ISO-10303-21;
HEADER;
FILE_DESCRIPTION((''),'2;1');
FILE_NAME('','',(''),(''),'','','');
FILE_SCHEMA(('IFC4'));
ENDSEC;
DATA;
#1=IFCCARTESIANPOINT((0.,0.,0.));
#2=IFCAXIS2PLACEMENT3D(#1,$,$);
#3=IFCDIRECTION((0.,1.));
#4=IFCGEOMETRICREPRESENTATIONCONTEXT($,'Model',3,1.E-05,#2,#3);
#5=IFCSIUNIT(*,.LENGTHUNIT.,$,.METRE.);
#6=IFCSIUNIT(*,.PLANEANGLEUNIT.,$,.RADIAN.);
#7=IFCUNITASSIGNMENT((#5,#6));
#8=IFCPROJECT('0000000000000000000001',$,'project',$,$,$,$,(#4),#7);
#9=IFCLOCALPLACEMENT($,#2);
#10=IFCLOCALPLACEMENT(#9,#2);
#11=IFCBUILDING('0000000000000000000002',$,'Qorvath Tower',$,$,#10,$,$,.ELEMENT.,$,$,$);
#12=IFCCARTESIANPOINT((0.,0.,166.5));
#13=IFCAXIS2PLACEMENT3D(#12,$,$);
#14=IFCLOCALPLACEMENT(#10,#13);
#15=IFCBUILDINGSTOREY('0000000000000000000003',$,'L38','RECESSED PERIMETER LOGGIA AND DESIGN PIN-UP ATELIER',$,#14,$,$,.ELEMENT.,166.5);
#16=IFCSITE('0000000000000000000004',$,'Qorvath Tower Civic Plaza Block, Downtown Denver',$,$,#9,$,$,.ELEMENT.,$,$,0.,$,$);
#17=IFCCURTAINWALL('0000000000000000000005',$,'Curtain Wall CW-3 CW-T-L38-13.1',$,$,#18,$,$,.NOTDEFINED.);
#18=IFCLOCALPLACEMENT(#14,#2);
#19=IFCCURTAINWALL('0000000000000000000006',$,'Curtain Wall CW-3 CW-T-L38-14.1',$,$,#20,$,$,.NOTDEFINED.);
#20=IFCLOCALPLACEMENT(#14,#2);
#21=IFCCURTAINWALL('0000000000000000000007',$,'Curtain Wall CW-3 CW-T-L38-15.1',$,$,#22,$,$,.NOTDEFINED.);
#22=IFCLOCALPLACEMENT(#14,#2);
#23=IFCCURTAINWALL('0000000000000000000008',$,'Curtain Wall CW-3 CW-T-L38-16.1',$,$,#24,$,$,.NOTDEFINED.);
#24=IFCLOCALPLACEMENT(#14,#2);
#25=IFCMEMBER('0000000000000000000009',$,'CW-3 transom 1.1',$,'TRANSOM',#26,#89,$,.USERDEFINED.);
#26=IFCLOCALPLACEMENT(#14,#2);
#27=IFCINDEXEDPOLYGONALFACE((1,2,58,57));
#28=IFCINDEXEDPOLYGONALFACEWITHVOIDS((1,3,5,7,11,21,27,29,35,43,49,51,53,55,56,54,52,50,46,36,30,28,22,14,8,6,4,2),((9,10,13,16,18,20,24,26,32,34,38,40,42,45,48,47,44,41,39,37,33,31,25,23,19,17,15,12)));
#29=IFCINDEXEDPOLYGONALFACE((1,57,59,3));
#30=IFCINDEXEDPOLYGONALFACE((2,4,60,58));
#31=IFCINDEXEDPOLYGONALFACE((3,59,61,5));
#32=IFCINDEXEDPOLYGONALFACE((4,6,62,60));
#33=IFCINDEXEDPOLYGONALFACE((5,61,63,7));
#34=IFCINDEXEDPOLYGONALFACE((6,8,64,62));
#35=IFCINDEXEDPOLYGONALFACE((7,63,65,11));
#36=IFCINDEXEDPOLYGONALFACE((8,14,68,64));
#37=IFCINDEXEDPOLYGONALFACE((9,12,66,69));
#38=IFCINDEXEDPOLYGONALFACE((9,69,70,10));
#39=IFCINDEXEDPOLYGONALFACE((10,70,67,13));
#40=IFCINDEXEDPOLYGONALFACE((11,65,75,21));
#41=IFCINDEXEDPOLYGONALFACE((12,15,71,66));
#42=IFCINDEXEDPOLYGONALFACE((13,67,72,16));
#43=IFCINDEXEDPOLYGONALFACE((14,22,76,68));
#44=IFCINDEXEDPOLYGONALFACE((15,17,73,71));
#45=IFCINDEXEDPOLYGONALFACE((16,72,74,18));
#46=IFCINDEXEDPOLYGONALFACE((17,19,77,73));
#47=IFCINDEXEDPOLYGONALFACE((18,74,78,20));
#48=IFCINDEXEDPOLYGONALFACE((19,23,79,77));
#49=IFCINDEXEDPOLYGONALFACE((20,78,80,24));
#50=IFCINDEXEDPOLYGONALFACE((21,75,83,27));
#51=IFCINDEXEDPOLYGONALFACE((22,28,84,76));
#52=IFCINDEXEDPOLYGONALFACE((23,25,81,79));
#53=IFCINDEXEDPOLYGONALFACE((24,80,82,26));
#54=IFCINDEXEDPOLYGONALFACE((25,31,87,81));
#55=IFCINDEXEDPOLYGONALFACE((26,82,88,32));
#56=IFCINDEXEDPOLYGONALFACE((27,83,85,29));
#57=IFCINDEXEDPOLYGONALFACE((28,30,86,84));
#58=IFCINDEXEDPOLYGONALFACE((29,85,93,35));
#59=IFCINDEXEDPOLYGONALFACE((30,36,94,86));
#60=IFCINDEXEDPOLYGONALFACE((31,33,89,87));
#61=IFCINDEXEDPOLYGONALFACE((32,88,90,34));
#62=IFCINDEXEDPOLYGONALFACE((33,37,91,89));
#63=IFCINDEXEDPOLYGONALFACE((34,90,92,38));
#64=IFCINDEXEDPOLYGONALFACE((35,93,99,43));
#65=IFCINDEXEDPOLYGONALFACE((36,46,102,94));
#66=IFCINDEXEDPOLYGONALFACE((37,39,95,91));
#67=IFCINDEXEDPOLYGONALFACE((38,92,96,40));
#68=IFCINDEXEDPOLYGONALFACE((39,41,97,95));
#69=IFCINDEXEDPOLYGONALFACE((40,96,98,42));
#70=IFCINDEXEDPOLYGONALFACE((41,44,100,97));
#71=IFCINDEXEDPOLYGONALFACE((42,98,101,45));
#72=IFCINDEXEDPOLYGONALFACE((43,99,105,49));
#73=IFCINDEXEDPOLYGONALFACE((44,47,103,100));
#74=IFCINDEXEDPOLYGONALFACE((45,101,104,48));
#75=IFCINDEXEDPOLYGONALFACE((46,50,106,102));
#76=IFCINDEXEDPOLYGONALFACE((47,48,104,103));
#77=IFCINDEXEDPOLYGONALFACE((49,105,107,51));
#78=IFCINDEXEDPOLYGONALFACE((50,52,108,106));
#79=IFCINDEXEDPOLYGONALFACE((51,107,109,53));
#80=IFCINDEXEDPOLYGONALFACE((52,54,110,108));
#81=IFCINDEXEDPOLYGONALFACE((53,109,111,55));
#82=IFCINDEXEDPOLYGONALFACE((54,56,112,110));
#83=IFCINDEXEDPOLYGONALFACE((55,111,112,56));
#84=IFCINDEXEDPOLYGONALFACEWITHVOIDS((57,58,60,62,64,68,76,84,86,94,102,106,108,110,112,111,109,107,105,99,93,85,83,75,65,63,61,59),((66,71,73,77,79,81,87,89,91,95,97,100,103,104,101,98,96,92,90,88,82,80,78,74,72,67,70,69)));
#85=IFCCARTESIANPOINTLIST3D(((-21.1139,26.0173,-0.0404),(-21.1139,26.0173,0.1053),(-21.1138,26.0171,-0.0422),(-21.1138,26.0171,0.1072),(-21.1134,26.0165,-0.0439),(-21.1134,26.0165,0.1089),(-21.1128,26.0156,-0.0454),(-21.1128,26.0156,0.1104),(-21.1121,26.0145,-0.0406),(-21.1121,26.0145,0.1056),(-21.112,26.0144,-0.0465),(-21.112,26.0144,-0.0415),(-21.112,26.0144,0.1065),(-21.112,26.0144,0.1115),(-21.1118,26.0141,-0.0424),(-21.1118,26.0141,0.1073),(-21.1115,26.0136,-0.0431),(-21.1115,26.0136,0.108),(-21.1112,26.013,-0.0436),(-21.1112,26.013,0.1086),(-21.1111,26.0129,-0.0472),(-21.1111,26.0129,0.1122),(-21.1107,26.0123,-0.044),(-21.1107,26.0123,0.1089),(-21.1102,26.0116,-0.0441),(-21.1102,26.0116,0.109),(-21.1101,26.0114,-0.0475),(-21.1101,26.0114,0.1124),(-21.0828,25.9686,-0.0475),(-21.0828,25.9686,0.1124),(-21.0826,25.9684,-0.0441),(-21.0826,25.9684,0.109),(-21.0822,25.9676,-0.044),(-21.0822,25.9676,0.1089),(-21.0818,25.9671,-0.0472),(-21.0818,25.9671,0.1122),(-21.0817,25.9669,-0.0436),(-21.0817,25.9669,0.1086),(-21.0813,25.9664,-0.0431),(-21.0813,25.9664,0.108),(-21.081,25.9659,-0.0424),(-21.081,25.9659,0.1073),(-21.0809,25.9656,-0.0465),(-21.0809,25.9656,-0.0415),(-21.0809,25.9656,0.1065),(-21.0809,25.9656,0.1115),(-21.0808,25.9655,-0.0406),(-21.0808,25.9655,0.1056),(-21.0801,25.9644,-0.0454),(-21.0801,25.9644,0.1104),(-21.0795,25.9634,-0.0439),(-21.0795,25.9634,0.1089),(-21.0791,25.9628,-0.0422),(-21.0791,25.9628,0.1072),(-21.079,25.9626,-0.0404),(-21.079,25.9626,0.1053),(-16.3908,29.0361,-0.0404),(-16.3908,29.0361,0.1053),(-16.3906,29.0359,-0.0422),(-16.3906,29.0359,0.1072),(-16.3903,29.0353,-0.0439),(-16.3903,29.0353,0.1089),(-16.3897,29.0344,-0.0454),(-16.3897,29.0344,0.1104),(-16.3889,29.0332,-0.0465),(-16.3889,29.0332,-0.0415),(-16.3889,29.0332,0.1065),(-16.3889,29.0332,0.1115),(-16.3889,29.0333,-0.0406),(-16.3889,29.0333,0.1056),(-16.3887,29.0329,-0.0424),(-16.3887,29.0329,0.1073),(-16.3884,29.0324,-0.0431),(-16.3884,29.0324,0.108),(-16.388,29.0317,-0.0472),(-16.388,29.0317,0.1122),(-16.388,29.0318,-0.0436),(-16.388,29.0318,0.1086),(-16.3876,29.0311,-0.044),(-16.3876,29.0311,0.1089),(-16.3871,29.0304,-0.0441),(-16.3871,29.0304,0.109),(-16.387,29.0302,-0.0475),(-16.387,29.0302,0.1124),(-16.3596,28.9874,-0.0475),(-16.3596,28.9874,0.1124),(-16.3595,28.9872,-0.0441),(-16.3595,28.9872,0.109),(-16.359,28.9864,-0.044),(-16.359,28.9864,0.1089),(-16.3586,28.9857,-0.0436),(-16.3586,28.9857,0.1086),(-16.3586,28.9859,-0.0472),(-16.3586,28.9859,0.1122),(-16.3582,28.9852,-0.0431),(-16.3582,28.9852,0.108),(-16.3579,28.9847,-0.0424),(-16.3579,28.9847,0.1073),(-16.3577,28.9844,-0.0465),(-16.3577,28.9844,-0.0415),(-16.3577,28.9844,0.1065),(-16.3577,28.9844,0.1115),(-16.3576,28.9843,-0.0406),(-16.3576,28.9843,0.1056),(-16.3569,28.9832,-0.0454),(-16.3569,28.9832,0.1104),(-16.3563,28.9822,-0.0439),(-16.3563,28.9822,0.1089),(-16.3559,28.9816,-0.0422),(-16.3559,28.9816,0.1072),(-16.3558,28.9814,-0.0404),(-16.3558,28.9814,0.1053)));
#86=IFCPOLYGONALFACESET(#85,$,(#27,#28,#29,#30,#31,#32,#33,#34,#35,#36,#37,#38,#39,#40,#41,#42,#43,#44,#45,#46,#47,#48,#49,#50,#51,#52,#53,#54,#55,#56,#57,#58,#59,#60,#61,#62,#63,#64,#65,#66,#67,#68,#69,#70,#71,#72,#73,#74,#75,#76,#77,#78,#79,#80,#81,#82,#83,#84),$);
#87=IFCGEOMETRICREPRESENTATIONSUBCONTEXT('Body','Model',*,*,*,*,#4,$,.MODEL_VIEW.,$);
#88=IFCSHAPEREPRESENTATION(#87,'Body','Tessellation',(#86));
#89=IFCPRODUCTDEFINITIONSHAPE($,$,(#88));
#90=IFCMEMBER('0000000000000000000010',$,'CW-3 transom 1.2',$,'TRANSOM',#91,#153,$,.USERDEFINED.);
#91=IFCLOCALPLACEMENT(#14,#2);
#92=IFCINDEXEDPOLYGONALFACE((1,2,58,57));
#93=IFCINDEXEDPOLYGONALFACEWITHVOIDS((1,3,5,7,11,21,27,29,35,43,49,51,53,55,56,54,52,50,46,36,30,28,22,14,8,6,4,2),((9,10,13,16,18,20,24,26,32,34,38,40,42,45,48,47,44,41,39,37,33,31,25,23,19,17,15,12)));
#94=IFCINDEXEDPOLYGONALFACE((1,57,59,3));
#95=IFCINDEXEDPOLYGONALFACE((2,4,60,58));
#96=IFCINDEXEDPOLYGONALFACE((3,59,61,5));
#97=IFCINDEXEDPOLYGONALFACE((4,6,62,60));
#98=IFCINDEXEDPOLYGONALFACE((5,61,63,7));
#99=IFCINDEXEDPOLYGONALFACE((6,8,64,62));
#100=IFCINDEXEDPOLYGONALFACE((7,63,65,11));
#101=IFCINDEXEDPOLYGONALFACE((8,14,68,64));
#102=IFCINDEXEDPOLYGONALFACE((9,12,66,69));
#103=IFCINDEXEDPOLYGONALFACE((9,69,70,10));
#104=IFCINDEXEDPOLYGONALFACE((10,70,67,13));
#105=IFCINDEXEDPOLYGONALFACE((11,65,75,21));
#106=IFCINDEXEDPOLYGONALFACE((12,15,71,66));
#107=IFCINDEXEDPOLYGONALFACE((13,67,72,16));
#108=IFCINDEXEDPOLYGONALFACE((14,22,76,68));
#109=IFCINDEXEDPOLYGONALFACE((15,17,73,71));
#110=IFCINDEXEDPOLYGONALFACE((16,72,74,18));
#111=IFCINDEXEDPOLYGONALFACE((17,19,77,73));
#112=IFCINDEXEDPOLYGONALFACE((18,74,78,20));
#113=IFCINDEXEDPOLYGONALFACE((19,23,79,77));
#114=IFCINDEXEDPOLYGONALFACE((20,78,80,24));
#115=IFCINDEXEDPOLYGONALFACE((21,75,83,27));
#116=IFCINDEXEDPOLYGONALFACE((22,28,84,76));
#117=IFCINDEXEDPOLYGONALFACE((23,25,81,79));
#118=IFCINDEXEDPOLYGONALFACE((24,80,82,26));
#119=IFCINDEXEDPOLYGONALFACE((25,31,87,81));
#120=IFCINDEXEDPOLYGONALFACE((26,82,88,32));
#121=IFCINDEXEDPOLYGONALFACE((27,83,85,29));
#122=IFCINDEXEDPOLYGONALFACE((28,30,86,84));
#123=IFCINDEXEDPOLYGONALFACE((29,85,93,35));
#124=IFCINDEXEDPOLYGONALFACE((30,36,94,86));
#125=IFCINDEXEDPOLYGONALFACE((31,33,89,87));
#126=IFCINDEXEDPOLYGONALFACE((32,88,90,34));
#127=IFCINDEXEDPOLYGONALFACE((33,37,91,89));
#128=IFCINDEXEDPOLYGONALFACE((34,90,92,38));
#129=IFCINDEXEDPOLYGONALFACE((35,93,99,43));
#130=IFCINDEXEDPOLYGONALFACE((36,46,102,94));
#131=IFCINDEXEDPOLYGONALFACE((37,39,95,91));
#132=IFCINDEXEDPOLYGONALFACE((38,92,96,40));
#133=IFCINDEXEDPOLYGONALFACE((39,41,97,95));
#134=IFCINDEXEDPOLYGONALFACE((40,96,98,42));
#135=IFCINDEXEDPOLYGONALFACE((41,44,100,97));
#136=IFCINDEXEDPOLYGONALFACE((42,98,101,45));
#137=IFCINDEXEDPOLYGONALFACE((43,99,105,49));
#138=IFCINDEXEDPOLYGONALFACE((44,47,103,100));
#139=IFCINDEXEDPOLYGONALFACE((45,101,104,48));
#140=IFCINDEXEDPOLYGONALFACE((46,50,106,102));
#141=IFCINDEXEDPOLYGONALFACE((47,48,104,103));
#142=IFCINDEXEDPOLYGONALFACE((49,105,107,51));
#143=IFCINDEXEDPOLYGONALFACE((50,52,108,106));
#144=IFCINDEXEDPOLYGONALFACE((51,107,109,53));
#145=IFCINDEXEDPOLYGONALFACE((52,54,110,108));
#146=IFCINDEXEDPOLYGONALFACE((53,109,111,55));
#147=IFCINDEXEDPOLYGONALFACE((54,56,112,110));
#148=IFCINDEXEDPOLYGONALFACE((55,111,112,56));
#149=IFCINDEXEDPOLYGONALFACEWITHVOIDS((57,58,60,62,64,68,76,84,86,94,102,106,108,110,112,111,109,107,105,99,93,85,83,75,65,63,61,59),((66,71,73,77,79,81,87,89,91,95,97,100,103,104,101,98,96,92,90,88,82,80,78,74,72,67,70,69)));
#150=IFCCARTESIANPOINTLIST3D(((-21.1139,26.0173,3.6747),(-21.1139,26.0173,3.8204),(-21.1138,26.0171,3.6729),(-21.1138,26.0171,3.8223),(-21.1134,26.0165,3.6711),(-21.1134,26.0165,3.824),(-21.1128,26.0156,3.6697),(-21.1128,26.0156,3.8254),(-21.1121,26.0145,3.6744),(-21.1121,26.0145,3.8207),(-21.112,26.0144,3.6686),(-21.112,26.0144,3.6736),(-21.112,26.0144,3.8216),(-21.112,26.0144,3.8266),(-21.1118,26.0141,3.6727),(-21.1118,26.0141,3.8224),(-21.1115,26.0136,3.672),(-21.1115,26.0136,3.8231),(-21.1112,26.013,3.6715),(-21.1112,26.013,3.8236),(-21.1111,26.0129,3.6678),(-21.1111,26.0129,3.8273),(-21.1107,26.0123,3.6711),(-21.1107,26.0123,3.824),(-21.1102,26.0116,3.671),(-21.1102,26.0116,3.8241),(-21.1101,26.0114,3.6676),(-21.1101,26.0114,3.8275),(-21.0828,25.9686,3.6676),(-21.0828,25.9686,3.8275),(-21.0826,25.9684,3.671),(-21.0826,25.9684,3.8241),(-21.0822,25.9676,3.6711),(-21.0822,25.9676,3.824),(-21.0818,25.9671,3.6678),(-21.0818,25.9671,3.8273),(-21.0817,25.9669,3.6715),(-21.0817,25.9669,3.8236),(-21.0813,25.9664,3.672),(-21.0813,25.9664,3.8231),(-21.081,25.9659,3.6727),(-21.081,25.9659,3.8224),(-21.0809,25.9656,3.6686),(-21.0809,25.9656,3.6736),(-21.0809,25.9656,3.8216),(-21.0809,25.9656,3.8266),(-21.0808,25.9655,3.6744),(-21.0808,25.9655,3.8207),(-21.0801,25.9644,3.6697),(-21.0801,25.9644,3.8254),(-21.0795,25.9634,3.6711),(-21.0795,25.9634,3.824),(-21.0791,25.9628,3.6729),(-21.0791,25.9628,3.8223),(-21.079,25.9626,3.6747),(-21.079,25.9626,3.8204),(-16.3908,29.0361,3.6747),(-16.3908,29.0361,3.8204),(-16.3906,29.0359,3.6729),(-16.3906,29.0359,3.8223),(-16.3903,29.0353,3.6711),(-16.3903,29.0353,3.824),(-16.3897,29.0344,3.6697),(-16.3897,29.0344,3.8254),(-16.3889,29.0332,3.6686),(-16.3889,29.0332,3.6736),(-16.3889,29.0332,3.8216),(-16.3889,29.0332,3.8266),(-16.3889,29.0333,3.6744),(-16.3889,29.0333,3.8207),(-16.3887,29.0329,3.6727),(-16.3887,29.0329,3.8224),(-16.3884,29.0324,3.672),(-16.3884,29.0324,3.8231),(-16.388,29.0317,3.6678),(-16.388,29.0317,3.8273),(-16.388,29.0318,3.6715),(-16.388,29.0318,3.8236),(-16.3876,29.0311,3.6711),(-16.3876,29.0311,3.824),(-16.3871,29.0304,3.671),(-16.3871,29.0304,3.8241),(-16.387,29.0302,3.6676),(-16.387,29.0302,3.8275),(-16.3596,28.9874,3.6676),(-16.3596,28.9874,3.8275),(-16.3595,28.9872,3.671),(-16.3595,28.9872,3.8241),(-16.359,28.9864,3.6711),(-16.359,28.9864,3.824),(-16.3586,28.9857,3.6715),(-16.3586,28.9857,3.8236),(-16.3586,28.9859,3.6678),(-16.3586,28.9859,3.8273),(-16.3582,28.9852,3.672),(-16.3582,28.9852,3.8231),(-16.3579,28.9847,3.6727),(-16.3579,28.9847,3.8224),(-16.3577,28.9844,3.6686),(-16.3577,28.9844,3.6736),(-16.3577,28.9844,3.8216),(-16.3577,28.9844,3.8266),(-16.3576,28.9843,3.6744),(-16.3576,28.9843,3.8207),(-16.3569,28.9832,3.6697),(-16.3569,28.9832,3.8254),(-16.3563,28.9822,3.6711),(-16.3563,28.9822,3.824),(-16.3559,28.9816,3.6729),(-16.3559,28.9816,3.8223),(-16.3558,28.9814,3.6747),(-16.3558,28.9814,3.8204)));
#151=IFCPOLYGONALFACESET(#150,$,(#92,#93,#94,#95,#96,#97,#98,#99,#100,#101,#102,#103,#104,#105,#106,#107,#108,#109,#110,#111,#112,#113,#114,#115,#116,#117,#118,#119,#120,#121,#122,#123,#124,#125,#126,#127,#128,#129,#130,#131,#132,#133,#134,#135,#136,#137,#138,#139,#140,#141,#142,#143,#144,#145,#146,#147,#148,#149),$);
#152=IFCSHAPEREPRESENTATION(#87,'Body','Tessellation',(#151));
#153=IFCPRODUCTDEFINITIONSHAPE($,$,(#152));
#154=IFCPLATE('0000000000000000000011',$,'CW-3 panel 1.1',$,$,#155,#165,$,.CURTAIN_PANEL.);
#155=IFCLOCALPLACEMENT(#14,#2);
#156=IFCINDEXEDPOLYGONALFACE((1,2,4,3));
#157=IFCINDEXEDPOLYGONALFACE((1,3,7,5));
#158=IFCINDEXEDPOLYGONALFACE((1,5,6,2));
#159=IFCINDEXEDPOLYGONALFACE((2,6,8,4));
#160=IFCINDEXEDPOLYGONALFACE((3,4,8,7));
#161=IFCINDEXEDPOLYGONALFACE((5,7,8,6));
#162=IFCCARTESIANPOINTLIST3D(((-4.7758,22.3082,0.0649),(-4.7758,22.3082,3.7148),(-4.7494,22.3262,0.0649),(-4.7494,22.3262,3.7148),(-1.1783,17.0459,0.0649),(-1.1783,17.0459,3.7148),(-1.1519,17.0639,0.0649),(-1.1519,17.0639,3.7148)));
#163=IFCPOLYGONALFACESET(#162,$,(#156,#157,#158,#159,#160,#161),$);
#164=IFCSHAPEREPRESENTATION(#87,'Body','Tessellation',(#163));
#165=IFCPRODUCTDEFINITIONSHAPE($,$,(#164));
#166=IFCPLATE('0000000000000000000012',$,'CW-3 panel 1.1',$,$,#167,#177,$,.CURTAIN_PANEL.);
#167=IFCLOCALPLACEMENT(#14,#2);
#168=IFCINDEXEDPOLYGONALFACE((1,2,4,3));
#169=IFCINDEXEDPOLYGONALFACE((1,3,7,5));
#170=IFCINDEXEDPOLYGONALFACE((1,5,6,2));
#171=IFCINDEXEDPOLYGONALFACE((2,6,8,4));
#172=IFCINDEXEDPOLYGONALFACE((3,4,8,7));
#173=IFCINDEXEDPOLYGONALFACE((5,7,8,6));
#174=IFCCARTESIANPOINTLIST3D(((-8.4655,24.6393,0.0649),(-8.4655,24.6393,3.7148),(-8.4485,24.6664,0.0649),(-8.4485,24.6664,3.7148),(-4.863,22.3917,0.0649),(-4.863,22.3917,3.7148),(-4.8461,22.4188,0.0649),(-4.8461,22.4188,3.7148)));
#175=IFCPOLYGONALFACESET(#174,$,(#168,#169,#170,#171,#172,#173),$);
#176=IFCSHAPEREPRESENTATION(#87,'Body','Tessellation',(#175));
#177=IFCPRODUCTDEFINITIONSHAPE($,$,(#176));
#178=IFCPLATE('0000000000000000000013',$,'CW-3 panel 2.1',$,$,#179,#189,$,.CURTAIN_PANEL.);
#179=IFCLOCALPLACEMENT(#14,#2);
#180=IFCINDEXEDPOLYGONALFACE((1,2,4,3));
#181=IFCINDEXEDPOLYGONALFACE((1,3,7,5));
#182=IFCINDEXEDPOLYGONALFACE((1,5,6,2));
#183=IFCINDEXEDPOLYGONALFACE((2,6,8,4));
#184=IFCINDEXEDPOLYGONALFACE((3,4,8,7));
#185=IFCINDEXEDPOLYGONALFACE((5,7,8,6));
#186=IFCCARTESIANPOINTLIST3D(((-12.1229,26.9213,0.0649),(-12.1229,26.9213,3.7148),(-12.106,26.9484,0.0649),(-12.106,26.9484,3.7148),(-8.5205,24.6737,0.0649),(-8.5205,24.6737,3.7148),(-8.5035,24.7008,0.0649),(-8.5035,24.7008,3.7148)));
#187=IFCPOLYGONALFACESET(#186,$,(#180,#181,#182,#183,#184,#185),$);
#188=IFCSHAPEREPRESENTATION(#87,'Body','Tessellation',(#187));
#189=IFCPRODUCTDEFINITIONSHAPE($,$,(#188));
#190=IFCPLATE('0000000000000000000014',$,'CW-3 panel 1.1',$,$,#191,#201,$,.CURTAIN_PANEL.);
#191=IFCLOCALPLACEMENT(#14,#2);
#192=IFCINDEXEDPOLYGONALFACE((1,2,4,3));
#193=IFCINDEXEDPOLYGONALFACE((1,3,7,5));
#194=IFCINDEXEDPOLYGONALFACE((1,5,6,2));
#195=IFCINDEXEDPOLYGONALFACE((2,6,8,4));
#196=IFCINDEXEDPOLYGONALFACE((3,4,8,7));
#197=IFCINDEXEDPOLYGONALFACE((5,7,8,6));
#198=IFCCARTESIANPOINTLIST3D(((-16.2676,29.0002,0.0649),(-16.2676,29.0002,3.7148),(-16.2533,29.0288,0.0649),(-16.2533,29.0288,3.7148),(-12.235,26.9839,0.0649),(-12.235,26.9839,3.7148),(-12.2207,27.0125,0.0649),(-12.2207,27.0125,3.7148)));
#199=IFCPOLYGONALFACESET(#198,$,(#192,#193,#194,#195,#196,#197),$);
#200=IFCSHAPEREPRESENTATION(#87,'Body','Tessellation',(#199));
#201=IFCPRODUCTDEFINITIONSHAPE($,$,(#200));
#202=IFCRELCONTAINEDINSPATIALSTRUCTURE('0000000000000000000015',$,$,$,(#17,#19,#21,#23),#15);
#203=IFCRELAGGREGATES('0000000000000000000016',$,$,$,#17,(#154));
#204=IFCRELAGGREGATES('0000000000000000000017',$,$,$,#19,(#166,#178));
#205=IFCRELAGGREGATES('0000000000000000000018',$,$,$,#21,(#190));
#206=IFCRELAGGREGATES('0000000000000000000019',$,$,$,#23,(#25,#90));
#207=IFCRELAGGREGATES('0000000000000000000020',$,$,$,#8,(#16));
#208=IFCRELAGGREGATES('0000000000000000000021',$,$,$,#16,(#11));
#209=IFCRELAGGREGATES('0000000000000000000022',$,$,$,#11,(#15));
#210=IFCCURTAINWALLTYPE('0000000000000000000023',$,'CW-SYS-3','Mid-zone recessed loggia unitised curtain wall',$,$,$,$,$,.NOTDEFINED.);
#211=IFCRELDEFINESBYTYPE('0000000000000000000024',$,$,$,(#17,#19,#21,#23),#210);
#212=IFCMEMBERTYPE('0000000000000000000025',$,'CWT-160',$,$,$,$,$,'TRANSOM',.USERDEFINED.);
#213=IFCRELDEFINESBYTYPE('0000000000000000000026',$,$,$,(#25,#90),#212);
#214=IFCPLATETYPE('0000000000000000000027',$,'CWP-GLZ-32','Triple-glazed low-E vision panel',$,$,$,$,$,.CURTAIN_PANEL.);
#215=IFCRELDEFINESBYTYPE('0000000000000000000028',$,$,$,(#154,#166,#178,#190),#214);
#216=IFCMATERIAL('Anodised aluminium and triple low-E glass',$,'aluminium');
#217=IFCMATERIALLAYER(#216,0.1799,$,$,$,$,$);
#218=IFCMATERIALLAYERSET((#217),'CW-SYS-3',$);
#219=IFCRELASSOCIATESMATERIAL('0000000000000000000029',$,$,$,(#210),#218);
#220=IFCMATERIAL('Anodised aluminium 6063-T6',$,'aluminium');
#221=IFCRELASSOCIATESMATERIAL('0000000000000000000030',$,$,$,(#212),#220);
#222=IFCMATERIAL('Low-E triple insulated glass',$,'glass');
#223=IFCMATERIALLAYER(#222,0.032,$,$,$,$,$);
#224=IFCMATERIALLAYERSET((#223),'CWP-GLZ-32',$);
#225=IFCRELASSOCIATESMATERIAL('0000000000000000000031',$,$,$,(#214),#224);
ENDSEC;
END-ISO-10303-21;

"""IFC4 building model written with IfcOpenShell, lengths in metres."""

from ifc_helpers import new_model, si_unit, direction, frame, origin, origin_2d, place, context, subcontext, project, spatial, rectangle, hollow_rectangle, extrude, material, layer, layer_set, material_profile, profile_set, type_object, element, aggregate, save


model = new_model("IFC4")

# Units and contexts
model_context = context("Model", 3, precision=1e-05, world=origin(), true_north=direction((0.0, 1.0)))
body_context = subcontext(model_context, "Body", "Model", "MODEL_VIEW")
ifc_project = project(units=[si_unit("LENGTHUNIT", "METRE"), si_unit("PLANEANGLEUNIT", "RADIAN")], contexts=[model_context])

# Site, building, storey
site_placement = place(None, origin())
site = spatial("IfcSite", under=ifc_project, at=site_placement, Name="Qorvath Tower Civic Plaza Block, Downtown Denver", CompositionType="ELEMENT", RefElevation=0.0)
building_placement = place(site_placement, origin())
building = spatial("IfcBuilding", under=site, at=building_placement, Name="Qorvath Tower", CompositionType="ELEMENT")
storey_placement = place(building_placement, frame((0.0, 0.0, 166.5)))
storey = spatial("IfcBuildingStorey", under=building, at=storey_placement, Name="L38", Description="RECESSED PERIMETER LOGGIA AND DESIGN PIN-UP ATELIER", CompositionType="ELEMENT", Elevation=166.5)

# Curtain wall
ifc_material_1 = material(Name="Anodised aluminium and triple low-E glass", Category="aluminium")
ifc_layer_1 = layer(ifc_material_1, 0.1799)
ifc_layer_set_1 = layer_set([ifc_layer_1], Name="CW-SYS-3")
curtain_wall_type = type_object("IfcCurtainWallType", Name="CW-SYS-3", Description="Mid-zone recessed loggia unitised curtain wall", PredefinedType="NOTDEFINED", material=ifc_layer_set_1)
curtain_wall_1_placement = place(storey_placement, origin())
curtain_wall_1 = element("IfcCurtainWall", 1, at=curtain_wall_1_placement, inside=storey, type_object=curtain_wall_type, Name="Curtain Wall CW-3 CW-T-L38-13.1", PredefinedType="NOTDEFINED")

# Curtain walls
curtain_wall_2_placement = place(storey_placement, origin())
curtain_wall_2 = element("IfcCurtainWall", 2, at=curtain_wall_2_placement, inside=storey, type_object=curtain_wall_type, Name="Curtain Wall CW-3 CW-T-L38-14.1", PredefinedType="NOTDEFINED")
curtain_wall_3_placement = place(storey_placement, origin())
curtain_wall_3 = element("IfcCurtainWall", 3, at=curtain_wall_3_placement, inside=storey, type_object=curtain_wall_type, Name="Curtain Wall CW-3 CW-T-L38-15.1", PredefinedType="NOTDEFINED")

# Curtain wall
curtain_wall_4_placement = place(storey_placement, origin())
curtain_wall_4 = element("IfcCurtainWall", 4, at=curtain_wall_4_placement, inside=storey, type_object=curtain_wall_type, Name="Curtain Wall CW-3 CW-T-L38-16.1", PredefinedType="NOTDEFINED")

# Members
ifc_material_2 = material(Name="Anodised aluminium 6063-T6", Category="aluminium")
ifc_material_profile_1 = material_profile(ifc_material_2, hollow_rectangle(XDim=0.0649, YDim=0.1599, WallThickness=0.0034, InnerFilletRadius=0.0034, OuterFilletRadius=0.0071, at=origin_2d()), Name="CWT 160x65")
ifc_profile_set_1 = profile_set([ifc_material_profile_1], Name="Anodised aluminium 6063-T6")
member_type_1 = type_object("IfcMemberType", Name="CWT-160", ElementType="TRANSOM", PredefinedType="USERDEFINED", material=ifc_profile_set_1)
member_1_placement = place(storey_placement, frame((-16.3733, 29.0088, 0.0325), z_axis=(-0.842596, -0.538546, 0.0), x_axis=(0.538546, -0.842596, 0.0)))
member_1 = element("IfcMember", 5, at=member_1_placement, type_object=member_type_1, Name="CW-3 transom 1.1", ObjectType="TRANSOM", PredefinedType="USERDEFINED", context=body_context, shape_type="SweptSolid", body=[
    extrude(hollow_rectangle(XDim=0.0649, YDim=0.1599, WallThickness=0.0034, InnerFilletRadius=0.0034, OuterFilletRadius=0.0071, at=origin_2d()), origin(), (0.0, 0.0, 1.0), 5.6055),
])
member_2_placement = place(storey_placement, frame((-16.3733, 29.0088, 3.7476), z_axis=(-0.842596, -0.538546, 0.0), x_axis=(0.538546, -0.842596, 0.0)))
member_2 = element("IfcMember", 6, at=member_2_placement, type_object=member_type_1, Name="CW-3 transom 1.2", ObjectType="TRANSOM", PredefinedType="USERDEFINED", context=body_context, shape_type="SweptSolid", body=[
    extrude(hollow_rectangle(XDim=0.0649, YDim=0.1599, WallThickness=0.0034, InnerFilletRadius=0.0034, OuterFilletRadius=0.0071, at=origin_2d()), origin(), (0.0, 0.0, 1.0), 5.6055),
])

# Plates
ifc_material_3 = material(Name="Low-E triple insulated glass", Category="glass")
ifc_layer_2 = layer(ifc_material_3, 0.032)
ifc_layer_set_2 = layer_set([ifc_layer_2], Name="CWP-GLZ-32")
plate_type = type_object("IfcPlateType", Name="CWP-GLZ-32", Description="Triple-glazed low-E vision panel", PredefinedType="CURTAIN_PANEL", material=ifc_layer_set_2)
plate_1_placement = place(storey_placement, frame((-2.9639, 19.686, 0.0649), z_axis=(0.0, 0.0, 1.0), x_axis=(-0.564366, 0.825525, 0.0)))
plate_1 = element("IfcPlate", 7, at=plate_1_placement, type_object=plate_type, Name="CW-3 panel 1.1", PredefinedType="CURTAIN_PANEL", context=body_context, shape_type="SweptSolid", body=[
    extrude(rectangle(XDim=6.3745, YDim=0.032, at=origin_2d()), origin(), (0.0, 0.0, 1.0), 3.6499),
])
aggregate(curtain_wall_1, [plate_1])
plate_2_placement = place(storey_placement, frame((-6.6558, 23.5291, 0.0649), z_axis=(0.0, 0.0, 1.0), x_axis=(-0.848417, 0.529328, 0.0)))
plate_2 = element("IfcPlate", 8, at=plate_2_placement, type_object=plate_type, Name="CW-3 panel 1.1", PredefinedType="CURTAIN_PANEL", context=body_context, shape_type="SweptSolid", body=[
    extrude(rectangle(XDim=4.2461, YDim=0.032, at=origin_2d()), origin(), (0.0, 0.0, 1.0), 3.6499),
])
plate_3_placement = place(storey_placement, frame((-10.3132, 25.811, 0.0649), z_axis=(0.0, 0.0, 1.0), x_axis=(-0.848417, 0.529328, 0.0)))
plate_3 = element("IfcPlate", 9, at=plate_3_placement, type_object=plate_type, Name="CW-3 panel 2.1", PredefinedType="CURTAIN_PANEL", context=body_context, shape_type="SweptSolid", body=[
    extrude(rectangle(XDim=4.2461, YDim=0.032, at=origin_2d()), origin(), (0.0, 0.0, 1.0), 3.6499),
])
aggregate(curtain_wall_2, [plate_2, plate_3])
plate_4_placement = place(storey_placement, frame((-14.2441, 28.0063, 0.0649), z_axis=(0.0, 0.0, 1.0), x_axis=(-0.894423, 0.447222, 0.0)))
plate_4 = element("IfcPlate", 10, at=plate_4_placement, type_object=plate_type, Name="CW-3 panel 1.1", PredefinedType="CURTAIN_PANEL", context=body_context, shape_type="SweptSolid", body=[
    extrude(rectangle(XDim=4.5085, YDim=0.032, at=origin_2d()), origin(), (0.0, 0.0, 1.0), 3.6499),
])
aggregate(curtain_wall_3, [plate_4])
aggregate(curtain_wall_4, [member_1, member_2])

save(model, "model.ifc")
